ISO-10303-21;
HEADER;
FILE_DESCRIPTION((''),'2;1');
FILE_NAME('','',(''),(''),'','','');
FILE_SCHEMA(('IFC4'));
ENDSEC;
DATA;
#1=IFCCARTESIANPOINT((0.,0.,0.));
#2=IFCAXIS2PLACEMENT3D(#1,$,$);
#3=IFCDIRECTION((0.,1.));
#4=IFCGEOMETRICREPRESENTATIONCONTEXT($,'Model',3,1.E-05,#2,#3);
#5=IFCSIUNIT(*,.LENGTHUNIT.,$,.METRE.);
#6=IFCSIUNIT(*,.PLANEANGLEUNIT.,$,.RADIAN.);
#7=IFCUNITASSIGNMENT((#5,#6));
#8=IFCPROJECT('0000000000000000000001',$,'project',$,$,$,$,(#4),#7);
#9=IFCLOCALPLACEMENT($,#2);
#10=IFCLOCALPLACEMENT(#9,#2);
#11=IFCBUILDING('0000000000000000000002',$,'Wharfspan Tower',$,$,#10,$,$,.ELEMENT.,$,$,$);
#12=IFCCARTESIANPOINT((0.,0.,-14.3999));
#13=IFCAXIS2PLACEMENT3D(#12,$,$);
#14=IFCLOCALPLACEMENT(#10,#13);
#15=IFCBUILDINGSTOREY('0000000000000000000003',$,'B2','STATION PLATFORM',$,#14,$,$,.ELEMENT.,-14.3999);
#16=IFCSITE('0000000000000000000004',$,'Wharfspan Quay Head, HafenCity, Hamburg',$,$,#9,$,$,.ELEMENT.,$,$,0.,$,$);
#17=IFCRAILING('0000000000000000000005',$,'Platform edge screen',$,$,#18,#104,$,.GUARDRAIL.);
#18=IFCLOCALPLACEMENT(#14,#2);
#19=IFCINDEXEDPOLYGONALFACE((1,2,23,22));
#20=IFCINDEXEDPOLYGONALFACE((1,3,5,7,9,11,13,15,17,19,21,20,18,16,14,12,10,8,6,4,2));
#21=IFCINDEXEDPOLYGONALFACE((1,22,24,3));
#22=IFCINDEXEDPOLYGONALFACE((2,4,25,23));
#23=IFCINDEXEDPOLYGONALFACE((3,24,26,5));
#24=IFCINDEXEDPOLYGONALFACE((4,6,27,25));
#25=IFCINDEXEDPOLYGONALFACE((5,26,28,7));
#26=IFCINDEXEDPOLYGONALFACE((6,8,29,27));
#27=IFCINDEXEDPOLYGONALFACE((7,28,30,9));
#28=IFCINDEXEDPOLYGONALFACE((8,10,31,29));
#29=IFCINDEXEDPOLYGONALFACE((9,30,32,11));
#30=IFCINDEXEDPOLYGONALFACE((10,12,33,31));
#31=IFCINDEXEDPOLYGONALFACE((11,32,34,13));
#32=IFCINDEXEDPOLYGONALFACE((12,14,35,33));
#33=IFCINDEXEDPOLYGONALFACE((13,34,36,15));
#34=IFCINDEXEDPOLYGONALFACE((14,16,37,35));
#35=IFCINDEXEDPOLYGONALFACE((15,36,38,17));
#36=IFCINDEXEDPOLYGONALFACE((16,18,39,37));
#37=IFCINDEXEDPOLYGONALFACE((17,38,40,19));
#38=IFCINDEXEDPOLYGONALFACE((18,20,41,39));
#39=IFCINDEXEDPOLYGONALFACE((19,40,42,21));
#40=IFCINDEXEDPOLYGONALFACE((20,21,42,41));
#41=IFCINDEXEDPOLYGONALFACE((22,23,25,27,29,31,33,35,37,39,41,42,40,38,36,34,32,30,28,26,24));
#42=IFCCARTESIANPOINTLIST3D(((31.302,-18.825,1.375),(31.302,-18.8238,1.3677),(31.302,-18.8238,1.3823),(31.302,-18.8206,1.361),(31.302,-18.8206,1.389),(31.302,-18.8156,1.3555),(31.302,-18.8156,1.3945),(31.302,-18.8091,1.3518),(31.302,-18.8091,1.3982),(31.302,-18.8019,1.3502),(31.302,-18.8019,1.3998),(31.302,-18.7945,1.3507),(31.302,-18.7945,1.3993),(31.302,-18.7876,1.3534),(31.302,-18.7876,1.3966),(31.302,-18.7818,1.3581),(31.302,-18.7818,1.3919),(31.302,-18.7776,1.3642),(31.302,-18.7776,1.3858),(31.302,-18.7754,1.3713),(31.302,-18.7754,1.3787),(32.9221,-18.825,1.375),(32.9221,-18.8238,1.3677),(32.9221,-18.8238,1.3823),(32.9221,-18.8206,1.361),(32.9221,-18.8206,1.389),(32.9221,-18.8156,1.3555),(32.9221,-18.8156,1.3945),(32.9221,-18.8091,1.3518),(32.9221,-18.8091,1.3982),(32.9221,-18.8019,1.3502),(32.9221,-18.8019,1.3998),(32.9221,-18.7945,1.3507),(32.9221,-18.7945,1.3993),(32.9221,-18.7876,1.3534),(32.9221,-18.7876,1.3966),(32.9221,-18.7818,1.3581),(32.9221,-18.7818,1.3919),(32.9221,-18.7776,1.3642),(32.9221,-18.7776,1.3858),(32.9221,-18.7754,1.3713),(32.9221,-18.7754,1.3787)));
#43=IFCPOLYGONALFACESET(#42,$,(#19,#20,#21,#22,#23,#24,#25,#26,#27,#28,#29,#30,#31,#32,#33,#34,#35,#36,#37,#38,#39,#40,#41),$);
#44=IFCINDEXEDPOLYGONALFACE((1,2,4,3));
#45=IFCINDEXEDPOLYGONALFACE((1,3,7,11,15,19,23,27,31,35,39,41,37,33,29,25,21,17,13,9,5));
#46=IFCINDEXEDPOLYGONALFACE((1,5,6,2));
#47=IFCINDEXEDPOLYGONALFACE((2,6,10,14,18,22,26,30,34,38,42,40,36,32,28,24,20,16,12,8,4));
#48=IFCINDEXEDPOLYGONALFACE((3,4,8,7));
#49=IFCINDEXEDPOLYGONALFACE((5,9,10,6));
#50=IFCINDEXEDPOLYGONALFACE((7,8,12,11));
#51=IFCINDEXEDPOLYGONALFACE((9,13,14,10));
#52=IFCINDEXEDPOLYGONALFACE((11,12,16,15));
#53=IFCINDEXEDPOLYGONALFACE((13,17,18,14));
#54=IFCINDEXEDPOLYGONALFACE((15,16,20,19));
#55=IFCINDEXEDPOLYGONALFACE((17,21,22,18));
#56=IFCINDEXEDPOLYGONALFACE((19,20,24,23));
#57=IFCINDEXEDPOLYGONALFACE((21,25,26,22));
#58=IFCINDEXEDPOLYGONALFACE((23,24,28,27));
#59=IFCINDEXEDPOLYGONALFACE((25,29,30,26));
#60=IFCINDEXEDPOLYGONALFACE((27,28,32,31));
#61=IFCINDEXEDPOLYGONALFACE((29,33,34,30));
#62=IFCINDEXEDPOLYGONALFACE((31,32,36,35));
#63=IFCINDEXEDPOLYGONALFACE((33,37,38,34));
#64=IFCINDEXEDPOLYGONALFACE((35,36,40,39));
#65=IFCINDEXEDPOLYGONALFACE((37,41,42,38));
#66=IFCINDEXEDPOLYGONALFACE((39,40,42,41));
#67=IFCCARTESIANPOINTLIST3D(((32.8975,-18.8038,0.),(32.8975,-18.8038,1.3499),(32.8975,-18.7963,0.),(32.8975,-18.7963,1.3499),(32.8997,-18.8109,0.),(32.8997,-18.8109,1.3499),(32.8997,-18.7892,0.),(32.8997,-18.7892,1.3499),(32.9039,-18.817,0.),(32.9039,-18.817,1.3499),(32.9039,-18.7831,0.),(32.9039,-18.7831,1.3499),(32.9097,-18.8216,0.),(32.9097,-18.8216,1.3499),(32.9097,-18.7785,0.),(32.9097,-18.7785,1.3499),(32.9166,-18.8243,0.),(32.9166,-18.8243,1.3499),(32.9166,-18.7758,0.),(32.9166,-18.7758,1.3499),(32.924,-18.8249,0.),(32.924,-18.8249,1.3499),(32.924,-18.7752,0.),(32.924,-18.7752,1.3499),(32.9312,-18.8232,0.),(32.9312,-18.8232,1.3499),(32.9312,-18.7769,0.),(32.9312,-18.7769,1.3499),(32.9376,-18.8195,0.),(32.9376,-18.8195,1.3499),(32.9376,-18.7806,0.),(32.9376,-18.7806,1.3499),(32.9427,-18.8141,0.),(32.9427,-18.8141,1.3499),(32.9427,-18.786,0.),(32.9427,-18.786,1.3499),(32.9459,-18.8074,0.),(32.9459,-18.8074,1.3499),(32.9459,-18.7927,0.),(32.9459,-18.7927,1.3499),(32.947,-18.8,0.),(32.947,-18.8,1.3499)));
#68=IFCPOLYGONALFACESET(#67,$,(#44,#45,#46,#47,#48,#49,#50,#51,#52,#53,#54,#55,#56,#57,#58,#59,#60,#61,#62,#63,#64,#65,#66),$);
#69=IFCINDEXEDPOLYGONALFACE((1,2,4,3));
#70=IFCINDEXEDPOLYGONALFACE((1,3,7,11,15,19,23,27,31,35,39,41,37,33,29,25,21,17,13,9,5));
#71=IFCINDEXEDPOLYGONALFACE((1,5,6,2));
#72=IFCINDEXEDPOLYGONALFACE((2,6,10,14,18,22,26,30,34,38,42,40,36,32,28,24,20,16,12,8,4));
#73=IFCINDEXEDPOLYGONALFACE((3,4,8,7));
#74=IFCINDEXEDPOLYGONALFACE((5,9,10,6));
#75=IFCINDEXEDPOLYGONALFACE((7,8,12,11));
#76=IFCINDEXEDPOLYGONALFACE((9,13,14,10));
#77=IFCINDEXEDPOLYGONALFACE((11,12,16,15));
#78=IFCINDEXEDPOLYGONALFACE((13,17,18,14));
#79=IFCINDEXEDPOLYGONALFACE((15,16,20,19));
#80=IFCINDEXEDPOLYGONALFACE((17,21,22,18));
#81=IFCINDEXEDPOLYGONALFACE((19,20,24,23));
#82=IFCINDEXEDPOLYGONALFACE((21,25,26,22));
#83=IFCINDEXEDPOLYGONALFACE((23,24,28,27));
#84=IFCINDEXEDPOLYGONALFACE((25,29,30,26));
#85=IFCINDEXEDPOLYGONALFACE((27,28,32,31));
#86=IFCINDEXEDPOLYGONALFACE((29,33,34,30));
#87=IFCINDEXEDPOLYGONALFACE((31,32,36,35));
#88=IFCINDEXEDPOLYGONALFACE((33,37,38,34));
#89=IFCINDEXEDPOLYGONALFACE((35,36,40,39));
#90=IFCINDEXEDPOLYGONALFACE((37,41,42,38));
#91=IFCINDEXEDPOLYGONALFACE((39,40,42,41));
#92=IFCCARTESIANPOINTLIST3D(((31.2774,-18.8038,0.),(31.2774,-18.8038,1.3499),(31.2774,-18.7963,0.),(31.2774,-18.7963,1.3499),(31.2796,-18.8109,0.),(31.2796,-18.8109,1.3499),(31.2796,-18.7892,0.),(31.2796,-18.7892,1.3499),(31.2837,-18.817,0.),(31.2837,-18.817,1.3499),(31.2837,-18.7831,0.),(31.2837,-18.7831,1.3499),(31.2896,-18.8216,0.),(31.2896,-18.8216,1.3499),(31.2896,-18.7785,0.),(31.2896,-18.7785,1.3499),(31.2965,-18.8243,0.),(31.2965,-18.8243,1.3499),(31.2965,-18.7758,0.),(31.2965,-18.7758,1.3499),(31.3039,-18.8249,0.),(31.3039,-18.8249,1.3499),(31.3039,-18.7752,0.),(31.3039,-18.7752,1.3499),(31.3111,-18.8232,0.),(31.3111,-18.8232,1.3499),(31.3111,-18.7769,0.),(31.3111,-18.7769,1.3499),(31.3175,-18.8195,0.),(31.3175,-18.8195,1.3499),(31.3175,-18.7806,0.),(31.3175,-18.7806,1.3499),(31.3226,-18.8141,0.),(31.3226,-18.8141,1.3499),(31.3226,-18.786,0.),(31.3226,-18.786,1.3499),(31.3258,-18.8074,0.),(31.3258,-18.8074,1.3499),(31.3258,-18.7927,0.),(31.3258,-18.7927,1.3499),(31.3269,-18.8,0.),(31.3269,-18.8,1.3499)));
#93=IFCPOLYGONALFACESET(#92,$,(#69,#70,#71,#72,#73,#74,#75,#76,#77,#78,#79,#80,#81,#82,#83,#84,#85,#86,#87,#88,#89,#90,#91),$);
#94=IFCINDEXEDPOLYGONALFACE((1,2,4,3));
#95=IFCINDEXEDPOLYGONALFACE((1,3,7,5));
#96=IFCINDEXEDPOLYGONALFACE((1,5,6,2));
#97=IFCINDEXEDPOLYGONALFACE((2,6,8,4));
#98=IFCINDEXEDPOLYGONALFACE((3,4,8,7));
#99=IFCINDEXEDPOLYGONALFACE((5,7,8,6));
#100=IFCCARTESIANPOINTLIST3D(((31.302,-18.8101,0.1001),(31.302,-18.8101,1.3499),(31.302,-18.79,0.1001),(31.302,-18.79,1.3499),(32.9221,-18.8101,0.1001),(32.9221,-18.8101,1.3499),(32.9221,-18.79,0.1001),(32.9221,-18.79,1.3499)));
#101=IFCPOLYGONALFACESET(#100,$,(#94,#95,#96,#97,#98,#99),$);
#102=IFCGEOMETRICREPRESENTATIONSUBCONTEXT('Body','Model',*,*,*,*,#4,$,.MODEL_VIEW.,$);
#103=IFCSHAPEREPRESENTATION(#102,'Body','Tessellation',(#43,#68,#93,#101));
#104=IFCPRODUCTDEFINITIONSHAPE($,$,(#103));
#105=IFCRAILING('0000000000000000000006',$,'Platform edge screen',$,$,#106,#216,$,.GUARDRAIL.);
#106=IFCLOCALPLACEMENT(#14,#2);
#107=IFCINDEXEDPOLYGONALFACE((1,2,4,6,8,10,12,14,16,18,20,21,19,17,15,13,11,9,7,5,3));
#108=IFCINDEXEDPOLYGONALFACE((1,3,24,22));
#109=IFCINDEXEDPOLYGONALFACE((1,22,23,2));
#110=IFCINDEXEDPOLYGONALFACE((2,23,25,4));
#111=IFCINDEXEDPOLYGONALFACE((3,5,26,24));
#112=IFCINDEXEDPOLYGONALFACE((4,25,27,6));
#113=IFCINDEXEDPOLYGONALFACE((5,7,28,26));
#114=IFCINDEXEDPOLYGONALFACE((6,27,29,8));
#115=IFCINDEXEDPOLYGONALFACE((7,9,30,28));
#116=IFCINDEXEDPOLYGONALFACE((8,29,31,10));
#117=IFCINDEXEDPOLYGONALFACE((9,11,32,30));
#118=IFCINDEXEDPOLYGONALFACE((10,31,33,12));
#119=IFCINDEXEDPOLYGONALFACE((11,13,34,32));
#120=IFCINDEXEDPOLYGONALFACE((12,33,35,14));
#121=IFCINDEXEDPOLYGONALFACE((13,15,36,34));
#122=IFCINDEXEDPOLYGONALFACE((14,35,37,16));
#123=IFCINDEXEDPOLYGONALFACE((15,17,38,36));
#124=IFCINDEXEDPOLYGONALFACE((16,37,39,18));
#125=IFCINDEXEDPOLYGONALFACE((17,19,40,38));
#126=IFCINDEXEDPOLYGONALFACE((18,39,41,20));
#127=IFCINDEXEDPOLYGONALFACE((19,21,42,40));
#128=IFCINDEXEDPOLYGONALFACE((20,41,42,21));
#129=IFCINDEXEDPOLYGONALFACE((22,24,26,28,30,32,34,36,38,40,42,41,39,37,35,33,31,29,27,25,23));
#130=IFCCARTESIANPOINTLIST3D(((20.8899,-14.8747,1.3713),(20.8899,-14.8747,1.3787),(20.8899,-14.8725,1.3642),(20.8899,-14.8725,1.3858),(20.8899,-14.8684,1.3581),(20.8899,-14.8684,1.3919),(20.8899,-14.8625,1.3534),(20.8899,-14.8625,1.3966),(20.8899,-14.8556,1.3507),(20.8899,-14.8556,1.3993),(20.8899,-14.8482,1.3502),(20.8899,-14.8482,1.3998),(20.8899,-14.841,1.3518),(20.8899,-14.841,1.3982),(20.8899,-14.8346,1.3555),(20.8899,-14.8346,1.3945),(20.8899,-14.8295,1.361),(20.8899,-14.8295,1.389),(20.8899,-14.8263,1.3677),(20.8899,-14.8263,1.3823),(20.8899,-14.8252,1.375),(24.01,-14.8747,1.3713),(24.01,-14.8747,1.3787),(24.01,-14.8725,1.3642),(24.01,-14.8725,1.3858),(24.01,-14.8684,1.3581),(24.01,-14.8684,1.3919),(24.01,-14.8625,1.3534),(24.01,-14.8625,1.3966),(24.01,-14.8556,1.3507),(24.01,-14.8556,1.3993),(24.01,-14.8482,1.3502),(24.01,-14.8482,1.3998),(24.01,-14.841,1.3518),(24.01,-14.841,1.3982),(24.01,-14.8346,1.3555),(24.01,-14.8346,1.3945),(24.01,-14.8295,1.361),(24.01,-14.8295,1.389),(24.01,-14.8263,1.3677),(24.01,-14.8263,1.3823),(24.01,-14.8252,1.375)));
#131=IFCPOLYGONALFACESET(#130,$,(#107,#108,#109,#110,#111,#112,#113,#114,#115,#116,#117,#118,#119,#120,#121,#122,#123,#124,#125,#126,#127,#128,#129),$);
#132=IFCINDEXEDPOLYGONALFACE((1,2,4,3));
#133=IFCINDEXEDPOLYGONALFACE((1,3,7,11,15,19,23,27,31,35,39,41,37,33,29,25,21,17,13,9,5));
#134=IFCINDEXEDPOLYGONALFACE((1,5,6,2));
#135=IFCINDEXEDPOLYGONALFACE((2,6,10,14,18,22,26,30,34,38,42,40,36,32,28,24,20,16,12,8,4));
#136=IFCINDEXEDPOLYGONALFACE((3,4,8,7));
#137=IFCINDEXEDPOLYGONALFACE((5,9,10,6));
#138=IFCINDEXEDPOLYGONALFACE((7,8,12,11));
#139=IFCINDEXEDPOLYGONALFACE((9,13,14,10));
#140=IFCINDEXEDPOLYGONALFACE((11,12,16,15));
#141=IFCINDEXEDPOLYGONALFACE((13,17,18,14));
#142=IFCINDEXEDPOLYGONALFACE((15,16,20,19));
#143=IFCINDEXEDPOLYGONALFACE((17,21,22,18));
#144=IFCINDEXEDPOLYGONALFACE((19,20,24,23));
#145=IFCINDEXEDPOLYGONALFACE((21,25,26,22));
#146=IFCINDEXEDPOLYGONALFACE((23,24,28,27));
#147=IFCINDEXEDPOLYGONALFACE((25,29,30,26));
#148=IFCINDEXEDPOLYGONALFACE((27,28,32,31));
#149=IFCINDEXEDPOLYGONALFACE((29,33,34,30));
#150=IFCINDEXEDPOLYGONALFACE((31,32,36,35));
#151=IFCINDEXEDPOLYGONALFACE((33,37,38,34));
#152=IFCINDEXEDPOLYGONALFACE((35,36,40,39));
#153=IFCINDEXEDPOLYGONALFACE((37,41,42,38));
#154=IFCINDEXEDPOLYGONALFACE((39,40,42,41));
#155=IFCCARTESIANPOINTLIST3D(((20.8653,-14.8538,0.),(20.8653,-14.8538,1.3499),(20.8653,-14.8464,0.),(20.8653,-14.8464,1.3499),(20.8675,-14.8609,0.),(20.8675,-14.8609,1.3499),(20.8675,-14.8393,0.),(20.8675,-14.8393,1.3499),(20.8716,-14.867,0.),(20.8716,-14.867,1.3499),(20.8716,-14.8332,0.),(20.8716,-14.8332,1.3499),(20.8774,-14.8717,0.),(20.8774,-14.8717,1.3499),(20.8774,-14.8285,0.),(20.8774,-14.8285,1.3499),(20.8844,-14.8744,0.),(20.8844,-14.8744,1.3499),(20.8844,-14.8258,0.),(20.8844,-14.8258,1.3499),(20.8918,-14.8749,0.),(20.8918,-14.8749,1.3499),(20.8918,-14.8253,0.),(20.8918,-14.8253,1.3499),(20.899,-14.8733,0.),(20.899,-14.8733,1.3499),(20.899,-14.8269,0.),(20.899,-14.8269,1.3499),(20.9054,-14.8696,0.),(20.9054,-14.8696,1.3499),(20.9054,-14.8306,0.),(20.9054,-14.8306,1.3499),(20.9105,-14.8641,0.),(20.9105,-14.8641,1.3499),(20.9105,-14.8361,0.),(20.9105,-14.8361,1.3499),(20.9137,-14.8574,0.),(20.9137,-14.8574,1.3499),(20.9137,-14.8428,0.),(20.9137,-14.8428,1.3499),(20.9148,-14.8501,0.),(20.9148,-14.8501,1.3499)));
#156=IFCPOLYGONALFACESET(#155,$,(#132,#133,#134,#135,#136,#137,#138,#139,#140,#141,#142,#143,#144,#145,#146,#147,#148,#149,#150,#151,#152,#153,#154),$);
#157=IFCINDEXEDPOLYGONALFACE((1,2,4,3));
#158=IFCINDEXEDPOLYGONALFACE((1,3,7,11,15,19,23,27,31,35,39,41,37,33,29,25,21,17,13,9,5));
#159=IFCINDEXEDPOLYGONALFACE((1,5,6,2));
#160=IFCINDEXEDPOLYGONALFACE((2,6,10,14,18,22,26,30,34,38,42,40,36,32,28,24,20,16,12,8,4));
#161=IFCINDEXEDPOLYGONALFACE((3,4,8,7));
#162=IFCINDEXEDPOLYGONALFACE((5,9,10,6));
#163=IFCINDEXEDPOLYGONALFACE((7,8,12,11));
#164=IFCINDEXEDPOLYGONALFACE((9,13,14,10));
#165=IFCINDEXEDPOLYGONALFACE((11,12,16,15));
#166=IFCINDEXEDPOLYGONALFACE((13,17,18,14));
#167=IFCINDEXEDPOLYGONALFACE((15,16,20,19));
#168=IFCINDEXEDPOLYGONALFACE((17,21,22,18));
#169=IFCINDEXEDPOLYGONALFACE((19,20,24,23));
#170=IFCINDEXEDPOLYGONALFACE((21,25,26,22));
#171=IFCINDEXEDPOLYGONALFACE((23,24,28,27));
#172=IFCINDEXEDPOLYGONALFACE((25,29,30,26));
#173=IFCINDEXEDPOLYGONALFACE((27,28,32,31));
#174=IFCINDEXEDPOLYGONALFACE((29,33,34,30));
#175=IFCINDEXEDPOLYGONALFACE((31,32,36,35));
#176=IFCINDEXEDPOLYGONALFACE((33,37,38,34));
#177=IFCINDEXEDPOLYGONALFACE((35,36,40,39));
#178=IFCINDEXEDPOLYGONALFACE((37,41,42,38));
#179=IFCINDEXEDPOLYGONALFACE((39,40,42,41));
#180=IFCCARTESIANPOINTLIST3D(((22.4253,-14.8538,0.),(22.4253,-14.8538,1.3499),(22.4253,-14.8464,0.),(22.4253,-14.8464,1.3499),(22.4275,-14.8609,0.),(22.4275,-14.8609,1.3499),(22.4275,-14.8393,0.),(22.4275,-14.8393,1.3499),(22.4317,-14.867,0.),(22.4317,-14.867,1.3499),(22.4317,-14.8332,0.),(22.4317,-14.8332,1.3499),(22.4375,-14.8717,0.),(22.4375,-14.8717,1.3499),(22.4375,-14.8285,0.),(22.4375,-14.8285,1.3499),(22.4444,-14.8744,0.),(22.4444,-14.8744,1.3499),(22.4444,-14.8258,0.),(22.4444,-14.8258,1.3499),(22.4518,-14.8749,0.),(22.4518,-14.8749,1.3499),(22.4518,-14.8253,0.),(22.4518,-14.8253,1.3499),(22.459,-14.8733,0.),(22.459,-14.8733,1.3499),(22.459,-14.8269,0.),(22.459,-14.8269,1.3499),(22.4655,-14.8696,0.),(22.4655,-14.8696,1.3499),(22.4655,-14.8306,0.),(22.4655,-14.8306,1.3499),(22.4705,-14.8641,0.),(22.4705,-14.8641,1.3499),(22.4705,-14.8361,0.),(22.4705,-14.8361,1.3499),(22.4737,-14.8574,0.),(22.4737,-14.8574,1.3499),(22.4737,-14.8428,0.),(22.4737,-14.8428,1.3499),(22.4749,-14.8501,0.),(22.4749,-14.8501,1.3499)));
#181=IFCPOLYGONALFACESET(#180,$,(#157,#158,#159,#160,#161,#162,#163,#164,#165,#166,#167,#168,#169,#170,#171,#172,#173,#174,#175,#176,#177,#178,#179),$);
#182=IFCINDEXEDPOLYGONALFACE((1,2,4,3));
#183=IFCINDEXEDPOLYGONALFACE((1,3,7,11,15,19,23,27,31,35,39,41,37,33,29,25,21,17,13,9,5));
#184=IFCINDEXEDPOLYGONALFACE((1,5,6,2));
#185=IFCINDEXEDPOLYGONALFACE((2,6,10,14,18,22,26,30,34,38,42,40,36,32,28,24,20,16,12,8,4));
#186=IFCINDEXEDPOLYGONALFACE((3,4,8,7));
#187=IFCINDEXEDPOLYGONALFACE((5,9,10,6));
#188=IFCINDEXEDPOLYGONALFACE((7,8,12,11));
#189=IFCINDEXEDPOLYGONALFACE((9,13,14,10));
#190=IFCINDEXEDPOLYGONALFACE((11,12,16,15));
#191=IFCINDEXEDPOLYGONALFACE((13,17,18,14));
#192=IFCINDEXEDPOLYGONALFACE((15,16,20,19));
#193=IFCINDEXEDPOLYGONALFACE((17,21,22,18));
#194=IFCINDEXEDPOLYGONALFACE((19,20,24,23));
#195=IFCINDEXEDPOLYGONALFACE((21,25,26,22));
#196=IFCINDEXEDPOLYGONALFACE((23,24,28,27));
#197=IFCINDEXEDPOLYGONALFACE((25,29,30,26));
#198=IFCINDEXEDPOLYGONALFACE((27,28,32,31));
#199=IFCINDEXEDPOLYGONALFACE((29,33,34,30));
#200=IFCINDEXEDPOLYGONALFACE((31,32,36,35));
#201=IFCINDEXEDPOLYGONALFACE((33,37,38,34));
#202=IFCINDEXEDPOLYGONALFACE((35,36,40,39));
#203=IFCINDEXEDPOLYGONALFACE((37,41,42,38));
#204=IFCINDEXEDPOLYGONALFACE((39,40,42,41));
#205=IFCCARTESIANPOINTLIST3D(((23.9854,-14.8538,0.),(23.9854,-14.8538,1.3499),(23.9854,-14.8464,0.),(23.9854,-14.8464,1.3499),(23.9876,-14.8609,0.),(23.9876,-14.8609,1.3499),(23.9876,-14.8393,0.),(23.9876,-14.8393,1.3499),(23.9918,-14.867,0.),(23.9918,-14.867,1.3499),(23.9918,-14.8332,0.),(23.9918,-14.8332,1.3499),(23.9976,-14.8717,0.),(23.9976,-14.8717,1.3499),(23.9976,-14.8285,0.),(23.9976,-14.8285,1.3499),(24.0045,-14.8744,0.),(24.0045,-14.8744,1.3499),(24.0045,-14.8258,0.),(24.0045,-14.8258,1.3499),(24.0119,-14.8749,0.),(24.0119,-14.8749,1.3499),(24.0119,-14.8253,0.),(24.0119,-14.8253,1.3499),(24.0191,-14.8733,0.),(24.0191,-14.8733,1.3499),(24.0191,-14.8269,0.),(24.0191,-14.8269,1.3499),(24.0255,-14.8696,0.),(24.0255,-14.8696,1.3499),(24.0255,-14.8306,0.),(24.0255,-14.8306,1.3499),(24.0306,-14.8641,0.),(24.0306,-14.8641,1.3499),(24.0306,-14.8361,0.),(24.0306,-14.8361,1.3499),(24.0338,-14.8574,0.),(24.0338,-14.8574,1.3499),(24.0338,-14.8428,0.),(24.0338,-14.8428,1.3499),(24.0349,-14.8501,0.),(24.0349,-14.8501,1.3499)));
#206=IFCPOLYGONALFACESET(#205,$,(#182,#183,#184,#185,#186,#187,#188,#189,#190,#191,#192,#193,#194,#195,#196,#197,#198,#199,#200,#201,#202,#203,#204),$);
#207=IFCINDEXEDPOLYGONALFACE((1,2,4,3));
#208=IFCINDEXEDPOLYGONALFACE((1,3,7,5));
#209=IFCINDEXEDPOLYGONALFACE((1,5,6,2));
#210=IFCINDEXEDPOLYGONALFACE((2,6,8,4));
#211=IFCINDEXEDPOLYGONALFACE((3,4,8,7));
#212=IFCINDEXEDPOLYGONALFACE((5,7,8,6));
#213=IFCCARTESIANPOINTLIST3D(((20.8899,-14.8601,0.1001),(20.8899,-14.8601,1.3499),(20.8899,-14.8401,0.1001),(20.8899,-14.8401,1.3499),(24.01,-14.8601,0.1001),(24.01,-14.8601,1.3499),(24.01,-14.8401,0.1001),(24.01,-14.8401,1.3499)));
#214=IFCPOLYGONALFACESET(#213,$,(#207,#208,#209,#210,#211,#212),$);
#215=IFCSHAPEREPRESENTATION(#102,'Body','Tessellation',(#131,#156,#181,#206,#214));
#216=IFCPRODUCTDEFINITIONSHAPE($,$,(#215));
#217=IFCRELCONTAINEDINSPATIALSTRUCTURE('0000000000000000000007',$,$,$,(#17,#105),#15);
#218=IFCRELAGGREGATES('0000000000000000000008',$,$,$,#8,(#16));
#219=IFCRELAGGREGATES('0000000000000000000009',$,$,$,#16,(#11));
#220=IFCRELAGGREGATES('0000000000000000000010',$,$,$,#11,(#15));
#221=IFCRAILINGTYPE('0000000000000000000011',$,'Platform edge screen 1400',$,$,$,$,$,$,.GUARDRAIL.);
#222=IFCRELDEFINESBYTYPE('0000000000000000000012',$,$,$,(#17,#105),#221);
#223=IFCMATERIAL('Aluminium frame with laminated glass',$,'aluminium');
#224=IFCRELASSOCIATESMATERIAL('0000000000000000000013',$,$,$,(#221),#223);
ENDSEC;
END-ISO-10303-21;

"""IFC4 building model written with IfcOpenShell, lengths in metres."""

from ifc_helpers import new_model, si_unit, direction, frame, origin, origin_2d, place, context, subcontext, project, spatial, rectangle, circle, extrude, material, type_object, element, save


model = new_model("IFC4")

# Units and contexts
model_context = context("Model", 3, precision=1e-05, world=origin(), true_north=direction((0.0, 1.0)))
body_context = subcontext(model_context, "Body", "Model", "MODEL_VIEW")
ifc_project = project(units=[si_unit("LENGTHUNIT", "METRE"), si_unit("PLANEANGLEUNIT", "RADIAN")], contexts=[model_context])

# Site, building, storey
site_placement = place(None, origin())
site = spatial("IfcSite", under=ifc_project, at=site_placement, Name="Wharfspan Quay Head, HafenCity, Hamburg", CompositionType="ELEMENT", RefElevation=0.0)
building_placement = place(site_placement, origin())
building = spatial("IfcBuilding", under=site, at=building_placement, Name="Wharfspan Tower", CompositionType="ELEMENT")
storey_placement = place(building_placement, frame((0.0, 0.0, -14.3999)))
storey = spatial("IfcBuildingStorey", under=building, at=storey_placement, Name="B2", Description="STATION PLATFORM", CompositionType="ELEMENT", Elevation=-14.3999)

# Railings
ifc_material_1 = material(Name="Aluminium frame with laminated glass", Category="aluminium")
railing_type_1 = type_object("IfcRailingType", Name="Platform edge screen 1400", PredefinedType="GUARDRAIL", material=ifc_material_1)
railing_1_placement = place(storey_placement, frame((32.9221, -18.8, 0.0)))
element("IfcRailing", 1, at=railing_1_placement, inside=storey, type_object=railing_type_1, Name="Platform edge screen", PredefinedType="GUARDRAIL", context=body_context, shape_type="SweptSolid", body=[
    extrude(circle(Radius=0.0249, at=origin_2d()), frame((0.0, 0.0, 1.375), z_axis=(-1.0, 0.0, 0.0), x_axis=(0.0, -1.0, 0.0)), (0.0, 0.0, 1.0), 1.6201),
    extrude(circle(Radius=0.0249, at=origin_2d()), origin(), (0.0, 0.0, 1.0), 1.3499),
    extrude(circle(Radius=0.0249, at=origin_2d()), frame((-1.6201, 0.0, 0.0)), (0.0, 0.0, 1.0), 1.3499),
    extrude(rectangle(XDim=1.6201, YDim=0.02, at=origin_2d()), frame((-0.8101, 0.0, 0.1001), z_axis=(0.0, 0.0, 1.0), x_axis=(-1.0, 0.0, 0.0)), (0.0, 0.0, 1.0), 1.2498),
])
for number, where, name in (
    (2, (20.8899, -14.8501, 0.0), "Platform edge screen"),
):
    element("IfcRailing", number, at=place(storey_placement, frame(where)), inside=storey, type_object=railing_type_1, Name=name, PredefinedType="GUARDRAIL", context=body_context, shape_type="SweptSolid", body=[
        extrude(circle(Radius=0.0249, at=origin_2d()), frame((0.0, 0.0, 1.375), z_axis=(1.0, 0.0, 0.0), x_axis=(0.0, 1.0, 0.0)), (0.0, 0.0, 1.0), 3.1201),
        extrude(circle(Radius=0.0249, at=origin_2d()), origin(), (0.0, 0.0, 1.0), 1.3499),
        extrude(circle(Radius=0.0249, at=origin_2d()), frame((1.5601, 0.0, 0.0)), (0.0, 0.0, 1.0), 1.3499),
        extrude(circle(Radius=0.0249, at=origin_2d()), frame((3.1201, 0.0, 0.0)), (0.0, 0.0, 1.0), 1.3499),
        extrude(rectangle(XDim=3.1201, YDim=0.02, at=origin_2d()), frame((1.5601, 0.0, 0.1001), z_axis=(0.0, 0.0, 1.0), x_axis=(1.0, 0.0, 0.0)), (0.0, 0.0, 1.0), 1.2498),
    ])

save(model, "model.ifc")
